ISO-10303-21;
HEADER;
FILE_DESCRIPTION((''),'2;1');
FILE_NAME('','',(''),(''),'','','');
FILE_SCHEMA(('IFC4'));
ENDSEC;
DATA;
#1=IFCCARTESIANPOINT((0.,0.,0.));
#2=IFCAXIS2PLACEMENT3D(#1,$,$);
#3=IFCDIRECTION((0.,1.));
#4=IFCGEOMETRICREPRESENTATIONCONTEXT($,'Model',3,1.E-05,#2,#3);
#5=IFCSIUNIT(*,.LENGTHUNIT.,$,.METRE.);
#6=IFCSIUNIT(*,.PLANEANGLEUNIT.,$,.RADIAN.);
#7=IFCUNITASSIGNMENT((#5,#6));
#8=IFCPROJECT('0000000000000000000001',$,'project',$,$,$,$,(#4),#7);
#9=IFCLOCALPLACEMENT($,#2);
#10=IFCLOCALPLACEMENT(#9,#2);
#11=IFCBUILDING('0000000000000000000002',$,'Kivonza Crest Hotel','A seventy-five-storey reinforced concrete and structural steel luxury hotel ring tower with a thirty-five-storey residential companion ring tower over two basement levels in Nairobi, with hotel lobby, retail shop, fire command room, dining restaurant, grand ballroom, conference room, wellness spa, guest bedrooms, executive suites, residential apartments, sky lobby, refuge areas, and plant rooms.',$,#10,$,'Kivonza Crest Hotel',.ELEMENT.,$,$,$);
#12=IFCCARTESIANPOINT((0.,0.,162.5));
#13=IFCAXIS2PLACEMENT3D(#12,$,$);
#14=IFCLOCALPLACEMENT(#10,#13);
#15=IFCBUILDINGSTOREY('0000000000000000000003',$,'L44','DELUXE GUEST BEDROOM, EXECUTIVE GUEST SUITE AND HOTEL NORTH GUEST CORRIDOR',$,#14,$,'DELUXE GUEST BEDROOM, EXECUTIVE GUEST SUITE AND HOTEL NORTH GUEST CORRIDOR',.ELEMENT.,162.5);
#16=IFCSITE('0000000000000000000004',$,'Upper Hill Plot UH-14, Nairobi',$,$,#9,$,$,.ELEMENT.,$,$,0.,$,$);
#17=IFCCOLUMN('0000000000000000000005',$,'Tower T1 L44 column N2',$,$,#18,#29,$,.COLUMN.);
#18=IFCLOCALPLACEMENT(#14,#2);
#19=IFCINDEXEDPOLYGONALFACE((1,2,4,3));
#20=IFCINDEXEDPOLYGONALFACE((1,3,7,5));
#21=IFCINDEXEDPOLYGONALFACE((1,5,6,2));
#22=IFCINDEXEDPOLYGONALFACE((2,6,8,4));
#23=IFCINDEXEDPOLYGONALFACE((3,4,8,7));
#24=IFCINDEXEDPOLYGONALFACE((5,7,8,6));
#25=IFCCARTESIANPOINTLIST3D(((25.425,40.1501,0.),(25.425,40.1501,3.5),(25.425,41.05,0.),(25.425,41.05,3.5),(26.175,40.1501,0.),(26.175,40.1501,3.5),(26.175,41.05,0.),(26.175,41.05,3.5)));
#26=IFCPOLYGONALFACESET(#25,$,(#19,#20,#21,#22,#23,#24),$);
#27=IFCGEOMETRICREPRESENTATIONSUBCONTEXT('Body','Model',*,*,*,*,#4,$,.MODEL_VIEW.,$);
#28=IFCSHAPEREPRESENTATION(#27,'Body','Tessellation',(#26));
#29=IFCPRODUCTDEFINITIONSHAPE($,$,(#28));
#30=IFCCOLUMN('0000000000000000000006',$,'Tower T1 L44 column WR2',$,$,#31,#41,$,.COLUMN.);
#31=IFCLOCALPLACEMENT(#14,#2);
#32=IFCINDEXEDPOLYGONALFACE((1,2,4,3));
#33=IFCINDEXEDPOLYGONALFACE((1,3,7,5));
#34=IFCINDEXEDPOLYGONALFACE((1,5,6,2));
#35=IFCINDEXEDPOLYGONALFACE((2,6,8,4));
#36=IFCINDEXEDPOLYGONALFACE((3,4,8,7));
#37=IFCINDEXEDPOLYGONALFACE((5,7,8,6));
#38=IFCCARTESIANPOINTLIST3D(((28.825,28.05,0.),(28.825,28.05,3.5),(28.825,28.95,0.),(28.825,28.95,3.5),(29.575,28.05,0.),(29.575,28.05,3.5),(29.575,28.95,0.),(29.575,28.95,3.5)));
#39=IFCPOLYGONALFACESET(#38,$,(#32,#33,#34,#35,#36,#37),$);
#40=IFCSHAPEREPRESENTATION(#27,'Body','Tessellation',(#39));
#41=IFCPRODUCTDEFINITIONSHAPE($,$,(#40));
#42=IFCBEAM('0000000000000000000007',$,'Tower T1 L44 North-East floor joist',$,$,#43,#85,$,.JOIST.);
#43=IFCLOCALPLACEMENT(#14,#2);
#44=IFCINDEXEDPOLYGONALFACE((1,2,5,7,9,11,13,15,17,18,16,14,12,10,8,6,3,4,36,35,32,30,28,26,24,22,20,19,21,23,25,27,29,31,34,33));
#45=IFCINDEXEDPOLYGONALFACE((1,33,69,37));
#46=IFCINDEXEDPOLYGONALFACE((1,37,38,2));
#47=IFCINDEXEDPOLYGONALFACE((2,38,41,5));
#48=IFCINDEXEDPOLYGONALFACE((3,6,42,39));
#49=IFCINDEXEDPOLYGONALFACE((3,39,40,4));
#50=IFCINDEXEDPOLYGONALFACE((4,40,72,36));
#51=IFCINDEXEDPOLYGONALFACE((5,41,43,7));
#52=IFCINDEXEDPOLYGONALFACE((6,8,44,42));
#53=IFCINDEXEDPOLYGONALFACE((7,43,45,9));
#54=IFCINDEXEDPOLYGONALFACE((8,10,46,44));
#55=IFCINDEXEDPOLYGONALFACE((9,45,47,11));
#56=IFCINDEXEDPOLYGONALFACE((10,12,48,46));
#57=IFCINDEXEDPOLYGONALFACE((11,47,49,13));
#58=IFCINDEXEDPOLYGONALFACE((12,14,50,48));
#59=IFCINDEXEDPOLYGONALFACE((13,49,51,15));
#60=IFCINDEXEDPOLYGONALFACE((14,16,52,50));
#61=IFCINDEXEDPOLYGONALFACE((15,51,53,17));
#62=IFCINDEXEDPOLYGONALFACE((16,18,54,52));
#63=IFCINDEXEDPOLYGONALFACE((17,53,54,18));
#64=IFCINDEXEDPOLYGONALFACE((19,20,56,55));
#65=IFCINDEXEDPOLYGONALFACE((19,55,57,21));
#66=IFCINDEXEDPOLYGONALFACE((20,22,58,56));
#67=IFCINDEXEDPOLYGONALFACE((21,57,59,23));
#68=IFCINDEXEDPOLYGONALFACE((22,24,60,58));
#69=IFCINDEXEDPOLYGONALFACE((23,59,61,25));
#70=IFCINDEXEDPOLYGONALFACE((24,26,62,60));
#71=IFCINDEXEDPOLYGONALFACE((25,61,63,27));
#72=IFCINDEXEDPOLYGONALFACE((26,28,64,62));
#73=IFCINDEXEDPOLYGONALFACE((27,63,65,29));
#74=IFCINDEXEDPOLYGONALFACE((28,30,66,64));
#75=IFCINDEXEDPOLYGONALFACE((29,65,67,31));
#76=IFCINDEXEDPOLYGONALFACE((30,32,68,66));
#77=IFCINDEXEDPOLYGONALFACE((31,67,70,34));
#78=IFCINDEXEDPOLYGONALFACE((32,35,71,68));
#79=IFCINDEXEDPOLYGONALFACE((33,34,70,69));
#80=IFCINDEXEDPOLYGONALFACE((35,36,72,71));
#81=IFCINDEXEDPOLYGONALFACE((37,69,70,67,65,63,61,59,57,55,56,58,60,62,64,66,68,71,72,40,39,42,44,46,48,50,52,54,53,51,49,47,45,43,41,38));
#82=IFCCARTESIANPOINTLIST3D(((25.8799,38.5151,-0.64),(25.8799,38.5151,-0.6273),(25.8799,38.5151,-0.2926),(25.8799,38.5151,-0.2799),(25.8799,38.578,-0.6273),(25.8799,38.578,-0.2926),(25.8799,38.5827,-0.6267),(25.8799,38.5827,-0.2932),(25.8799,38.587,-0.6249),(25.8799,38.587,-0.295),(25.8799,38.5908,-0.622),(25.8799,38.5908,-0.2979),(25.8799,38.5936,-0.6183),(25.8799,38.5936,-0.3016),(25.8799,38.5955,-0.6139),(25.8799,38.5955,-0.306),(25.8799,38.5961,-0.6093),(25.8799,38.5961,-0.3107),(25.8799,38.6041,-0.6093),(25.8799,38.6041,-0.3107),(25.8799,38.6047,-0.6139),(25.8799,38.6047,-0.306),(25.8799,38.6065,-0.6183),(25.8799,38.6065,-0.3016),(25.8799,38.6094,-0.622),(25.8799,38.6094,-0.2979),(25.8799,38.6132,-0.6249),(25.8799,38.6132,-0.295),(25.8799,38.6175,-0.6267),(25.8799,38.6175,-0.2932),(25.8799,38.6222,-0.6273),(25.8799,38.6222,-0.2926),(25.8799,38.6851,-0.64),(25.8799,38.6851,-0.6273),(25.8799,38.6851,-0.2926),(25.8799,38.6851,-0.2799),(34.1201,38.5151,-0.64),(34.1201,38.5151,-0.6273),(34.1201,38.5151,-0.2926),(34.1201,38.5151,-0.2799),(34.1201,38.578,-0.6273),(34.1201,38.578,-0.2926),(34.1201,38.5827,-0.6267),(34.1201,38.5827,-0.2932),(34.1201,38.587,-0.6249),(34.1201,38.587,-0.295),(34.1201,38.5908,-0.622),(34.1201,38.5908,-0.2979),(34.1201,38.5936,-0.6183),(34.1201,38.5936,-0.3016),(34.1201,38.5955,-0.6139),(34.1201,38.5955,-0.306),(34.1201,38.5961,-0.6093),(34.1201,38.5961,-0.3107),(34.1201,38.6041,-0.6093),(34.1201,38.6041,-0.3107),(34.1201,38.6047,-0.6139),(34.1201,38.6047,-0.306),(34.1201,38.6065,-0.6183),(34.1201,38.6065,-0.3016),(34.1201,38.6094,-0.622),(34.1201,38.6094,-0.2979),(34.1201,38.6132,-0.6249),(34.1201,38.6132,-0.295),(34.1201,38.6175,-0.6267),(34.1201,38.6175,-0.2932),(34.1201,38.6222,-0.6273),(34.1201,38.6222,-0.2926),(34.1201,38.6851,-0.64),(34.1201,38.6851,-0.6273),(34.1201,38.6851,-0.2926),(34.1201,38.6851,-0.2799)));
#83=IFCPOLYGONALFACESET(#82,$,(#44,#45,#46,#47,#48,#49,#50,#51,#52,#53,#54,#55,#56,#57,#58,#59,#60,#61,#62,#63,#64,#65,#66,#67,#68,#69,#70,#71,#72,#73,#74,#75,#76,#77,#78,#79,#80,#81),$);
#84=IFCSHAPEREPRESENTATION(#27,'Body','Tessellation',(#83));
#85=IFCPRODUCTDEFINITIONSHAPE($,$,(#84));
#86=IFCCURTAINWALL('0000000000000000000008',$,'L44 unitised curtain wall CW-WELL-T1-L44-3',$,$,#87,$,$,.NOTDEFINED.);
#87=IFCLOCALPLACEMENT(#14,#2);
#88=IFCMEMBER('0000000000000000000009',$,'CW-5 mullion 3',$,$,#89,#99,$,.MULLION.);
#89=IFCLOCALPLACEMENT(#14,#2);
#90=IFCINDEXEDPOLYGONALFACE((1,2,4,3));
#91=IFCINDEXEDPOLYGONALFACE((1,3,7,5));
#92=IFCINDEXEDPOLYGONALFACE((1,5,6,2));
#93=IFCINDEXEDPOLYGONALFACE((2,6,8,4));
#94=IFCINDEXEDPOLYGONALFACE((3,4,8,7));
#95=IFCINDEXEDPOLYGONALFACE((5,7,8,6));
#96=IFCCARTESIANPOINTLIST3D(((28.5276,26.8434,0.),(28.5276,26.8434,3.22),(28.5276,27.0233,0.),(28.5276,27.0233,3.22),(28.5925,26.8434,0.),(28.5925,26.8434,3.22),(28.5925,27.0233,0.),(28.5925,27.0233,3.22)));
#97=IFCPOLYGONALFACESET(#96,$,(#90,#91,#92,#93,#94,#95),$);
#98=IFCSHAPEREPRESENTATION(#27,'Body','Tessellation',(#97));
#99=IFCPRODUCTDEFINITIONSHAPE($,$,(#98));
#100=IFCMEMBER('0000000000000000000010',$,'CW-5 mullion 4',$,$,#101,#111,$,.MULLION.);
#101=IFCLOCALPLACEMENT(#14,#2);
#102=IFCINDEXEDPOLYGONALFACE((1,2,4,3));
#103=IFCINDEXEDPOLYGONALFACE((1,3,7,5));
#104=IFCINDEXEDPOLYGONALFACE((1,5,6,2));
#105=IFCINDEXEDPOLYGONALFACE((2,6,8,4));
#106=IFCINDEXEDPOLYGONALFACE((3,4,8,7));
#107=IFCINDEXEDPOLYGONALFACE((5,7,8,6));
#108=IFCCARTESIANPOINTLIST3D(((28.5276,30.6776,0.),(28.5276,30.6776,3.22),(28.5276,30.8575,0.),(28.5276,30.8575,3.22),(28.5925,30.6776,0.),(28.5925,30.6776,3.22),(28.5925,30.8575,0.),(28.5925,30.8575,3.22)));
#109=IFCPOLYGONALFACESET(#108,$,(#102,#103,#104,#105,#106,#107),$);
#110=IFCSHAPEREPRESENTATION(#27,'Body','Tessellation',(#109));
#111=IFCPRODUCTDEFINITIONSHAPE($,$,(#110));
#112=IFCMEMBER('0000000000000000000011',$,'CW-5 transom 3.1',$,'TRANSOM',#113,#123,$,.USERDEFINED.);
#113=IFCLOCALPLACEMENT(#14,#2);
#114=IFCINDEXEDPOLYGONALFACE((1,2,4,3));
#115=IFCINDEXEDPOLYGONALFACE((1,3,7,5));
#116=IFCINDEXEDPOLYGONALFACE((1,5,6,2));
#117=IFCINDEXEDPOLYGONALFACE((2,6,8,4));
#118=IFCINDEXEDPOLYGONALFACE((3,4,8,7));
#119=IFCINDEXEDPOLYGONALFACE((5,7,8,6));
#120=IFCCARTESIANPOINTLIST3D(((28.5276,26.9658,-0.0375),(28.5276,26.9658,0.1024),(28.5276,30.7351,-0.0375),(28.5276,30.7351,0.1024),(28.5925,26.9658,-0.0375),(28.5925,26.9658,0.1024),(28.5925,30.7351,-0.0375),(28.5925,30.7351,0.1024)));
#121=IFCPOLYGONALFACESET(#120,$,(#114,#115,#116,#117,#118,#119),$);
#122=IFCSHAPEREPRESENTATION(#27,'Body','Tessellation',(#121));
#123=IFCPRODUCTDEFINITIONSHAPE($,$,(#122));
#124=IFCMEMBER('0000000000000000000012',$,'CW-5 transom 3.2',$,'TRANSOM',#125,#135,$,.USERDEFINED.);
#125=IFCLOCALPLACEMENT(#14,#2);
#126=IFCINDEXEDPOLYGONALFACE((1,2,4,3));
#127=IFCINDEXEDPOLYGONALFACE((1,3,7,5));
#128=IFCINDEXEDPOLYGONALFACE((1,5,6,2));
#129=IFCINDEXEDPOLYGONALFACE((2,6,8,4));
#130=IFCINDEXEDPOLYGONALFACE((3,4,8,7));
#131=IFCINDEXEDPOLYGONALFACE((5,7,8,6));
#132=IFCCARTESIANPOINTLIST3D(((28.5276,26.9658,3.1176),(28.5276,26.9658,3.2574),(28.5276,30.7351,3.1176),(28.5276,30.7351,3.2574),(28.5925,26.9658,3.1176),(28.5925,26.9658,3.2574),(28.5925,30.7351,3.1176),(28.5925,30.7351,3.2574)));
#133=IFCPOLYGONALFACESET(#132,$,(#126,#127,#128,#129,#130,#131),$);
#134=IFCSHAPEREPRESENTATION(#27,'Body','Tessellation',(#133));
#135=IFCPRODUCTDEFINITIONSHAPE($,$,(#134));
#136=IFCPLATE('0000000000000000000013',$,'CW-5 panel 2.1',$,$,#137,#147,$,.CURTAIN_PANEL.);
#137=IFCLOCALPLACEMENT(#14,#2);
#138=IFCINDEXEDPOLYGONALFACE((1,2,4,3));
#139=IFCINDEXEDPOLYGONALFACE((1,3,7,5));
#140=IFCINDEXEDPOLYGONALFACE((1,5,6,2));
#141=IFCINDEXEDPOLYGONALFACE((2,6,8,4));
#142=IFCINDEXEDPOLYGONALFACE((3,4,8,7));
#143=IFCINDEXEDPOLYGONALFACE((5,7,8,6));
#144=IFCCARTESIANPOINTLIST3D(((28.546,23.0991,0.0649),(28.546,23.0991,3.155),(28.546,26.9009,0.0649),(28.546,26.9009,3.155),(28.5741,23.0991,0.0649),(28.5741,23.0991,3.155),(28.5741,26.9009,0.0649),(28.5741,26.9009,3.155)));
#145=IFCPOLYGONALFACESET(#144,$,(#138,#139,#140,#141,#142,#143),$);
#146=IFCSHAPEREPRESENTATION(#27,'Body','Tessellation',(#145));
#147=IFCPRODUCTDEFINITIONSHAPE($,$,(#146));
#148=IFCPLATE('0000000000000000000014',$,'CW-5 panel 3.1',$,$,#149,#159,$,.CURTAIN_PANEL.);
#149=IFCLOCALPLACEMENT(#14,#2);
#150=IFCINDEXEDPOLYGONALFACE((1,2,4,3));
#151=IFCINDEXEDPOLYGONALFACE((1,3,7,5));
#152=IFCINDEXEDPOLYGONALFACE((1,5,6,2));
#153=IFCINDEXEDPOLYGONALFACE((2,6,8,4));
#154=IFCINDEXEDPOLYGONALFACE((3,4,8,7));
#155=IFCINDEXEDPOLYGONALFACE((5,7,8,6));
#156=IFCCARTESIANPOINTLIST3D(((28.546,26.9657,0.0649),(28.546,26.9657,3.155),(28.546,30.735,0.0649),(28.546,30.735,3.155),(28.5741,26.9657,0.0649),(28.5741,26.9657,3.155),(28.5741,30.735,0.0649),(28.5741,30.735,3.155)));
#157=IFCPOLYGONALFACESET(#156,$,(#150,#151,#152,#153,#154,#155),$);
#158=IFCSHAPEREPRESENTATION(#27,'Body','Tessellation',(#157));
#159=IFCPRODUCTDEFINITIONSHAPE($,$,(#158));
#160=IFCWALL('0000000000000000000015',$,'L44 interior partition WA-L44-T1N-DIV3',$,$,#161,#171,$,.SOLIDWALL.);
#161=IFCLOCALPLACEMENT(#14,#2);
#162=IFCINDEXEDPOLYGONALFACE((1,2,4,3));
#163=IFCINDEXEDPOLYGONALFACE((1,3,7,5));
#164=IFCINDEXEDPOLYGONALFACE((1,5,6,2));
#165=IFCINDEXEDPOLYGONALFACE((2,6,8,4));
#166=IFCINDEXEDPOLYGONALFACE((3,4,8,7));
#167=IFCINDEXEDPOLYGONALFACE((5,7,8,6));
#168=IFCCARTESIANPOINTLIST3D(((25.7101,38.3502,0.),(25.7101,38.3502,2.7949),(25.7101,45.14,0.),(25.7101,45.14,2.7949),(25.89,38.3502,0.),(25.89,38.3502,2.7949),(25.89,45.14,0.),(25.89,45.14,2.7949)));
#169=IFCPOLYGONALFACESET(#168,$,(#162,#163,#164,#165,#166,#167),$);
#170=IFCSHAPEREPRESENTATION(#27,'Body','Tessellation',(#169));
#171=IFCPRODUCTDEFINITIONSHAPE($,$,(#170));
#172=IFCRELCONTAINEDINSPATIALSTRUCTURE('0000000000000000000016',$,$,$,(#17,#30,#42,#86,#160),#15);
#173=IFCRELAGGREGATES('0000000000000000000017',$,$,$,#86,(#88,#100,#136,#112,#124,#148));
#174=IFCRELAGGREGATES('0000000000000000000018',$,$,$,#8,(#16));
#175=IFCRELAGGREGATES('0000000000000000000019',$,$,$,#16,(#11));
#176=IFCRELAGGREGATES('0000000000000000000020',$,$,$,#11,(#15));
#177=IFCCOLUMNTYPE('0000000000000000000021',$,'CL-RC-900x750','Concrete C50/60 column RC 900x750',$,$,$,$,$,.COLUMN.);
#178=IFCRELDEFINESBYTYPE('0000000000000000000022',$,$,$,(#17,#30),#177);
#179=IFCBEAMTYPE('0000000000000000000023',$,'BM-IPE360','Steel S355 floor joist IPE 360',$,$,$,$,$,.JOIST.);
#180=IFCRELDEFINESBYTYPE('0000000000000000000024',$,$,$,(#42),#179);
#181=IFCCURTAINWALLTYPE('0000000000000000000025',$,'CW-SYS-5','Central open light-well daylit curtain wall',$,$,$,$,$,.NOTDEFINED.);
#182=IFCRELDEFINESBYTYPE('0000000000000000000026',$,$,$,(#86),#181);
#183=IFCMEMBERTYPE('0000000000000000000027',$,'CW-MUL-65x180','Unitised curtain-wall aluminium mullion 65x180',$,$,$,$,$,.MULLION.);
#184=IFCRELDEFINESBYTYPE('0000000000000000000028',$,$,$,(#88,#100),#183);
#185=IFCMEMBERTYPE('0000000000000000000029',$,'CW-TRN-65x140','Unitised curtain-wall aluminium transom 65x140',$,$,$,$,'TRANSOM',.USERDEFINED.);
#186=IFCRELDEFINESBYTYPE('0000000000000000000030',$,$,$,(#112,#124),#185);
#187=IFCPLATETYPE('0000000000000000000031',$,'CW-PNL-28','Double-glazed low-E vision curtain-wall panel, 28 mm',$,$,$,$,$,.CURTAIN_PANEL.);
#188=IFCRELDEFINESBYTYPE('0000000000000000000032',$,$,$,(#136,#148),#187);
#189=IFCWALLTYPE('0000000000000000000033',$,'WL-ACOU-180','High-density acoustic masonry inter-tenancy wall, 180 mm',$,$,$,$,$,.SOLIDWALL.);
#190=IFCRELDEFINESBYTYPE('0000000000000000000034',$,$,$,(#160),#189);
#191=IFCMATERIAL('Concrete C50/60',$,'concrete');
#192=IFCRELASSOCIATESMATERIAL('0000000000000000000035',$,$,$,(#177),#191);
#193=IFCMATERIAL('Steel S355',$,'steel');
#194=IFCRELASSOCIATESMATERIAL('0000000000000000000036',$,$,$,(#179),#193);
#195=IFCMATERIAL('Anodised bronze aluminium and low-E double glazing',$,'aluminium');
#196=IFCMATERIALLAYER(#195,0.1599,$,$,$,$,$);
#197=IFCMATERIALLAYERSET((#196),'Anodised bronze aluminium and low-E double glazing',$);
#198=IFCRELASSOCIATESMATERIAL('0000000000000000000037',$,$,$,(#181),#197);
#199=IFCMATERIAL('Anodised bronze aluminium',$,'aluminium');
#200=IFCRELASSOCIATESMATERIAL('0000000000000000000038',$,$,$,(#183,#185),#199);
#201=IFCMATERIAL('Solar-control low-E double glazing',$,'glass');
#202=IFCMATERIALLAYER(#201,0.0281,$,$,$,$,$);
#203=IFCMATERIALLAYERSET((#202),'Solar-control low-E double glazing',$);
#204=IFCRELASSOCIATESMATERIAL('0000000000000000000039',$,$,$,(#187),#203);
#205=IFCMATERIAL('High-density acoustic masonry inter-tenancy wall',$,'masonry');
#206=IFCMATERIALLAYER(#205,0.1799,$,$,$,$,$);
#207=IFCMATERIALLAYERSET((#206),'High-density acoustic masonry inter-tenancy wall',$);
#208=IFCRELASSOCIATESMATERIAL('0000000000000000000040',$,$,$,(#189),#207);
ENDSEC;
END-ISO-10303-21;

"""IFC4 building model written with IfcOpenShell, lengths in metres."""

from ifc_helpers import new_model, si_unit, direction, frame, frame_2d, origin, origin_2d, place, context, subcontext, project, spatial, rectangle, i_section, extrude, material, layer, layer_set, material_profile, profile_set, type_object, element, aggregate, save


model = new_model("IFC4")

# Units and contexts
model_context = context("Model", 3, precision=1e-05, world=origin(), true_north=direction((0.0, 1.0)))
body_context = subcontext(model_context, "Body", "Model", "MODEL_VIEW")
ifc_project = project(units=[si_unit("LENGTHUNIT", "METRE"), si_unit("PLANEANGLEUNIT", "RADIAN")], contexts=[model_context])

# Site, building, storey
site_placement = place(None, origin())
site = spatial("IfcSite", under=ifc_project, at=site_placement, Name="Upper Hill Plot UH-14, Nairobi", CompositionType="ELEMENT", RefElevation=0.0)
building_placement = place(site_placement, origin())
building = spatial("IfcBuilding", under=site, at=building_placement, Name="Kivonza Crest Hotel", Description="A seventy-five-storey reinforced concrete and structural steel luxury hotel ring tower with a thirty-five-storey residential companion ring tower over two basement levels in Nairobi, with hotel lobby, retail shop, fire command room, dining restaurant, grand ballroom, conference room, wellness spa, guest bedrooms, executive suites, residential apartments, sky lobby, refuge areas, and plant rooms.", LongName="Kivonza Crest Hotel", CompositionType="ELEMENT")
storey_placement = place(building_placement, frame((0.0, 0.0, 162.5)))
storey = spatial("IfcBuildingStorey", under=building, at=storey_placement, Name="L44", Description="DELUXE GUEST BEDROOM, EXECUTIVE GUEST SUITE AND HOTEL NORTH GUEST CORRIDOR", LongName="DELUXE GUEST BEDROOM, EXECUTIVE GUEST SUITE AND HOTEL NORTH GUEST CORRIDOR", CompositionType="ELEMENT", Elevation=162.5)

# Columns
ifc_material_1 = material(Name="Concrete C50/60", Category="concrete")
ifc_material_profile_1 = material_profile(ifc_material_1, rectangle(XDim=0.75, YDim=0.8999, at=origin_2d()), Name="RC 900x750")
ifc_profile_set_1 = profile_set([ifc_material_profile_1], Name="Concrete C50/60")
column_type = type_object("IfcColumnType", Name="CL-RC-900x750", Description="Concrete C50/60 column RC 900x750", PredefinedType="COLUMN", material=ifc_profile_set_1)
for number, where, z_axis, x_axis, name in (
    (1, (25.8, 40.6001, 0.0), (0.0, 0.0, 1.0), (1.0, 0.0, 0.0), "Tower T1 L44 column N2"),
    (2, (29.2, 28.5, 0.0), (0.0, 0.0, 1.0), (1.0, 0.0, 0.0), "Tower T1 L44 column WR2"),
):
    element("IfcColumn", number, at=place(storey_placement, frame(where, z_axis=z_axis, x_axis=x_axis)), inside=storey, type_object=column_type, Name=name, PredefinedType="COLUMN", context=body_context, shape_type="SweptSolid", body=[
        extrude(rectangle(XDim=0.75, YDim=0.8999, at=origin_2d()), origin(), (0.0, 0.0, 1.0), 3.5),
    ])

# Beam
ifc_material_2 = material(Name="Steel S355", Category="steel")
ifc_material_profile_2 = material_profile(ifc_material_2, i_section(OverallWidth=0.1699, OverallDepth=0.3601, WebThickness=0.0081, FlangeThickness=0.0127, FilletRadius=0.0181, at=origin_2d()), Name="IPE 360")
ifc_profile_set_2 = profile_set([ifc_material_profile_2], Name="Steel S355")
beam_type = type_object("IfcBeamType", Name="BM-IPE360", Description="Steel S355 floor joist IPE 360", PredefinedType="JOIST", material=ifc_profile_set_2)
beam_placement = place(storey_placement, frame((25.8799, 38.6001, -0.46), z_axis=(1.0, 0.0, 0.0), x_axis=(0.0, 1.0, 0.0)))
element("IfcBeam", 3, at=beam_placement, inside=storey, type_object=beam_type, Name="Tower T1 L44 North-East floor joist", PredefinedType="JOIST", context=body_context, shape_type="SweptSolid", body=[
    extrude(i_section(OverallWidth=0.1699, OverallDepth=0.3601, WebThickness=0.0081, FlangeThickness=0.0127, FilletRadius=0.0181, at=origin_2d()), origin(), (0.0, 0.0, 1.0), 8.2402),
])

# Curtain wall, members, plates
ifc_material_3 = material(Name="Anodised bronze aluminium and low-E double glazing", Category="aluminium")
ifc_layer_1 = layer(ifc_material_3, 0.1599)
ifc_layer_set_1 = layer_set([ifc_layer_1], Name="Anodised bronze aluminium and low-E double glazing")
curtain_wall_type = type_object("IfcCurtainWallType", Name="CW-SYS-5", Description="Central open light-well daylit curtain wall", PredefinedType="NOTDEFINED", material=ifc_layer_set_1)
curtain_wall_placement = place(storey_placement, origin())
curtain_wall = element("IfcCurtainWall", 4, at=curtain_wall_placement, inside=storey, type_object=curtain_wall_type, Name="L44 unitised curtain wall CW-WELL-T1-L44-3", PredefinedType="NOTDEFINED")
ifc_material_4 = material(Name="Anodised bronze aluminium", Category="aluminium")
ifc_material_profile_3 = material_profile(ifc_material_4, rectangle(XDim=0.0649, YDim=0.1799, at=origin_2d()), Name="CW-M 65x180")
ifc_profile_set_3 = profile_set([ifc_material_profile_3], Name="Anodised bronze aluminium")
member_type_1 = type_object("IfcMemberType", Name="CW-MUL-65x180", Description="Unitised curtain-wall aluminium mullion 65x180", PredefinedType="MULLION", material=ifc_profile_set_3)
member_1_placement = place(storey_placement, frame((28.5601, 26.9333, 0.0), z_axis=(0.0, 0.0, 1.0), x_axis=(-1.0, 0.0, 0.0)))
member_1 = element("IfcMember", 5, at=member_1_placement, type_object=member_type_1, Name="CW-5 mullion 3", PredefinedType="MULLION", context=body_context, shape_type="SweptSolid", body=[
    extrude(rectangle(XDim=0.0649, YDim=0.1799, at=origin_2d()), origin(), (0.0, 0.0, 1.0), 3.22),
])
member_2_placement = place(storey_placement, frame((28.5601, 30.7676, 0.0), z_axis=(0.0, 0.0, 1.0), x_axis=(-1.0, 0.0, 0.0)))
member_2 = element("IfcMember", 6, at=member_2_placement, type_object=member_type_1, Name="CW-5 mullion 4", PredefinedType="MULLION", context=body_context, shape_type="SweptSolid", body=[
    extrude(rectangle(XDim=0.0649, YDim=0.1799, at=origin_2d()), origin(), (0.0, 0.0, 1.0), 3.22),
])
ifc_material_profile_4 = material_profile(ifc_material_4, rectangle(XDim=0.0649, YDim=0.1399, at=origin_2d()), Name="CW-T 65x140")
ifc_profile_set_4 = profile_set([ifc_material_profile_4], Name="Anodised bronze aluminium")
member_type_2 = type_object("IfcMemberType", Name="CW-TRN-65x140", Description="Unitised curtain-wall aluminium transom 65x140", ElementType="TRANSOM", PredefinedType="USERDEFINED", material=ifc_profile_set_4)
member_3_placement = place(storey_placement, frame((28.5601, 26.9658, 0.0325), z_axis=(0.0, 1.0, 0.0), x_axis=(-1.0, 0.0, 0.0)))
member_3 = element("IfcMember", 7, at=member_3_placement, type_object=member_type_2, Name="CW-5 transom 3.1", ObjectType="TRANSOM", PredefinedType="USERDEFINED", context=body_context, shape_type="SweptSolid", body=[
    extrude(rectangle(XDim=0.0649, YDim=0.1399, at=origin_2d()), origin(), (0.0, 0.0, 1.0), 3.7693),
])
member_4_placement = place(storey_placement, frame((28.5601, 26.9658, 3.1875), z_axis=(0.0, 1.0, 0.0), x_axis=(-1.0, 0.0, 0.0)))
member_4 = element("IfcMember", 8, at=member_4_placement, type_object=member_type_2, Name="CW-5 transom 3.2", ObjectType="TRANSOM", PredefinedType="USERDEFINED", context=body_context, shape_type="SweptSolid", body=[
    extrude(rectangle(XDim=0.0649, YDim=0.1399, at=origin_2d()), origin(), (0.0, 0.0, 1.0), 3.7693),
])
ifc_material_5 = material(Name="Solar-control low-E double glazing", Category="glass")
ifc_layer_2 = layer(ifc_material_5, 0.0281)
ifc_layer_set_2 = layer_set([ifc_layer_2], Name="Solar-control low-E double glazing")
plate_type = type_object("IfcPlateType", Name="CW-PNL-28", Description="Double-glazed low-E vision curtain-wall panel, 28 mm", PredefinedType="CURTAIN_PANEL", material=ifc_layer_set_2)
plate_1_placement = place(storey_placement, frame((28.5601, 25.0, 0.0649), z_axis=(0.0, 0.0, 1.0), x_axis=(0.0, 1.0, 0.0)))
plate_1 = element("IfcPlate", 9, at=plate_1_placement, type_object=plate_type, Name="CW-5 panel 2.1", PredefinedType="CURTAIN_PANEL", context=body_context, shape_type="SweptSolid", body=[
    extrude(rectangle(XDim=3.8018, YDim=0.0281, at=origin_2d()), origin(), (0.0, 0.0, 1.0), 3.0901),
])
plate_2_placement = place(storey_placement, frame((28.5601, 28.8503, 0.0649), z_axis=(0.0, 0.0, 1.0), x_axis=(0.0, 1.0, 0.0)))
plate_2 = element("IfcPlate", 10, at=plate_2_placement, type_object=plate_type, Name="CW-5 panel 3.1", PredefinedType="CURTAIN_PANEL", context=body_context, shape_type="SweptSolid", body=[
    extrude(rectangle(XDim=3.7693, YDim=0.0281, at=origin_2d()), origin(), (0.0, 0.0, 1.0), 3.0901),
])
aggregate(curtain_wall, [member_1, member_2, plate_1, member_3, member_4, plate_2])

# Wall
ifc_material_6 = material(Name="High-density acoustic masonry inter-tenancy wall", Category="masonry")
ifc_layer_3 = layer(ifc_material_6, 0.1799)
ifc_layer_set_3 = layer_set([ifc_layer_3], Name="High-density acoustic masonry inter-tenancy wall")
wall_type_1 = type_object("IfcWallType", Name="WL-ACOU-180", Description="High-density acoustic masonry inter-tenancy wall, 180 mm", PredefinedType="SOLIDWALL", material=ifc_layer_set_3)
wall_1_placement = place(storey_placement, frame((25.8, 38.3501, 0.0), z_axis=(0.0, 0.0, 1.0), x_axis=(0.0, 1.0, 0.0)))
element("IfcWall", 11, at=wall_1_placement, inside=storey, type_object=wall_type_1, Name="L44 interior partition WA-L44-T1N-DIV3", PredefinedType="SOLIDWALL", context=body_context, shape_type="SweptSolid", body=[
    extrude(rectangle(XDim=6.7898, YDim=0.1799, at=frame_2d((3.395, 0.0))), origin(), (0.0, 0.0, 1.0), 2.7949),
])

save(model, "model.ifc")
